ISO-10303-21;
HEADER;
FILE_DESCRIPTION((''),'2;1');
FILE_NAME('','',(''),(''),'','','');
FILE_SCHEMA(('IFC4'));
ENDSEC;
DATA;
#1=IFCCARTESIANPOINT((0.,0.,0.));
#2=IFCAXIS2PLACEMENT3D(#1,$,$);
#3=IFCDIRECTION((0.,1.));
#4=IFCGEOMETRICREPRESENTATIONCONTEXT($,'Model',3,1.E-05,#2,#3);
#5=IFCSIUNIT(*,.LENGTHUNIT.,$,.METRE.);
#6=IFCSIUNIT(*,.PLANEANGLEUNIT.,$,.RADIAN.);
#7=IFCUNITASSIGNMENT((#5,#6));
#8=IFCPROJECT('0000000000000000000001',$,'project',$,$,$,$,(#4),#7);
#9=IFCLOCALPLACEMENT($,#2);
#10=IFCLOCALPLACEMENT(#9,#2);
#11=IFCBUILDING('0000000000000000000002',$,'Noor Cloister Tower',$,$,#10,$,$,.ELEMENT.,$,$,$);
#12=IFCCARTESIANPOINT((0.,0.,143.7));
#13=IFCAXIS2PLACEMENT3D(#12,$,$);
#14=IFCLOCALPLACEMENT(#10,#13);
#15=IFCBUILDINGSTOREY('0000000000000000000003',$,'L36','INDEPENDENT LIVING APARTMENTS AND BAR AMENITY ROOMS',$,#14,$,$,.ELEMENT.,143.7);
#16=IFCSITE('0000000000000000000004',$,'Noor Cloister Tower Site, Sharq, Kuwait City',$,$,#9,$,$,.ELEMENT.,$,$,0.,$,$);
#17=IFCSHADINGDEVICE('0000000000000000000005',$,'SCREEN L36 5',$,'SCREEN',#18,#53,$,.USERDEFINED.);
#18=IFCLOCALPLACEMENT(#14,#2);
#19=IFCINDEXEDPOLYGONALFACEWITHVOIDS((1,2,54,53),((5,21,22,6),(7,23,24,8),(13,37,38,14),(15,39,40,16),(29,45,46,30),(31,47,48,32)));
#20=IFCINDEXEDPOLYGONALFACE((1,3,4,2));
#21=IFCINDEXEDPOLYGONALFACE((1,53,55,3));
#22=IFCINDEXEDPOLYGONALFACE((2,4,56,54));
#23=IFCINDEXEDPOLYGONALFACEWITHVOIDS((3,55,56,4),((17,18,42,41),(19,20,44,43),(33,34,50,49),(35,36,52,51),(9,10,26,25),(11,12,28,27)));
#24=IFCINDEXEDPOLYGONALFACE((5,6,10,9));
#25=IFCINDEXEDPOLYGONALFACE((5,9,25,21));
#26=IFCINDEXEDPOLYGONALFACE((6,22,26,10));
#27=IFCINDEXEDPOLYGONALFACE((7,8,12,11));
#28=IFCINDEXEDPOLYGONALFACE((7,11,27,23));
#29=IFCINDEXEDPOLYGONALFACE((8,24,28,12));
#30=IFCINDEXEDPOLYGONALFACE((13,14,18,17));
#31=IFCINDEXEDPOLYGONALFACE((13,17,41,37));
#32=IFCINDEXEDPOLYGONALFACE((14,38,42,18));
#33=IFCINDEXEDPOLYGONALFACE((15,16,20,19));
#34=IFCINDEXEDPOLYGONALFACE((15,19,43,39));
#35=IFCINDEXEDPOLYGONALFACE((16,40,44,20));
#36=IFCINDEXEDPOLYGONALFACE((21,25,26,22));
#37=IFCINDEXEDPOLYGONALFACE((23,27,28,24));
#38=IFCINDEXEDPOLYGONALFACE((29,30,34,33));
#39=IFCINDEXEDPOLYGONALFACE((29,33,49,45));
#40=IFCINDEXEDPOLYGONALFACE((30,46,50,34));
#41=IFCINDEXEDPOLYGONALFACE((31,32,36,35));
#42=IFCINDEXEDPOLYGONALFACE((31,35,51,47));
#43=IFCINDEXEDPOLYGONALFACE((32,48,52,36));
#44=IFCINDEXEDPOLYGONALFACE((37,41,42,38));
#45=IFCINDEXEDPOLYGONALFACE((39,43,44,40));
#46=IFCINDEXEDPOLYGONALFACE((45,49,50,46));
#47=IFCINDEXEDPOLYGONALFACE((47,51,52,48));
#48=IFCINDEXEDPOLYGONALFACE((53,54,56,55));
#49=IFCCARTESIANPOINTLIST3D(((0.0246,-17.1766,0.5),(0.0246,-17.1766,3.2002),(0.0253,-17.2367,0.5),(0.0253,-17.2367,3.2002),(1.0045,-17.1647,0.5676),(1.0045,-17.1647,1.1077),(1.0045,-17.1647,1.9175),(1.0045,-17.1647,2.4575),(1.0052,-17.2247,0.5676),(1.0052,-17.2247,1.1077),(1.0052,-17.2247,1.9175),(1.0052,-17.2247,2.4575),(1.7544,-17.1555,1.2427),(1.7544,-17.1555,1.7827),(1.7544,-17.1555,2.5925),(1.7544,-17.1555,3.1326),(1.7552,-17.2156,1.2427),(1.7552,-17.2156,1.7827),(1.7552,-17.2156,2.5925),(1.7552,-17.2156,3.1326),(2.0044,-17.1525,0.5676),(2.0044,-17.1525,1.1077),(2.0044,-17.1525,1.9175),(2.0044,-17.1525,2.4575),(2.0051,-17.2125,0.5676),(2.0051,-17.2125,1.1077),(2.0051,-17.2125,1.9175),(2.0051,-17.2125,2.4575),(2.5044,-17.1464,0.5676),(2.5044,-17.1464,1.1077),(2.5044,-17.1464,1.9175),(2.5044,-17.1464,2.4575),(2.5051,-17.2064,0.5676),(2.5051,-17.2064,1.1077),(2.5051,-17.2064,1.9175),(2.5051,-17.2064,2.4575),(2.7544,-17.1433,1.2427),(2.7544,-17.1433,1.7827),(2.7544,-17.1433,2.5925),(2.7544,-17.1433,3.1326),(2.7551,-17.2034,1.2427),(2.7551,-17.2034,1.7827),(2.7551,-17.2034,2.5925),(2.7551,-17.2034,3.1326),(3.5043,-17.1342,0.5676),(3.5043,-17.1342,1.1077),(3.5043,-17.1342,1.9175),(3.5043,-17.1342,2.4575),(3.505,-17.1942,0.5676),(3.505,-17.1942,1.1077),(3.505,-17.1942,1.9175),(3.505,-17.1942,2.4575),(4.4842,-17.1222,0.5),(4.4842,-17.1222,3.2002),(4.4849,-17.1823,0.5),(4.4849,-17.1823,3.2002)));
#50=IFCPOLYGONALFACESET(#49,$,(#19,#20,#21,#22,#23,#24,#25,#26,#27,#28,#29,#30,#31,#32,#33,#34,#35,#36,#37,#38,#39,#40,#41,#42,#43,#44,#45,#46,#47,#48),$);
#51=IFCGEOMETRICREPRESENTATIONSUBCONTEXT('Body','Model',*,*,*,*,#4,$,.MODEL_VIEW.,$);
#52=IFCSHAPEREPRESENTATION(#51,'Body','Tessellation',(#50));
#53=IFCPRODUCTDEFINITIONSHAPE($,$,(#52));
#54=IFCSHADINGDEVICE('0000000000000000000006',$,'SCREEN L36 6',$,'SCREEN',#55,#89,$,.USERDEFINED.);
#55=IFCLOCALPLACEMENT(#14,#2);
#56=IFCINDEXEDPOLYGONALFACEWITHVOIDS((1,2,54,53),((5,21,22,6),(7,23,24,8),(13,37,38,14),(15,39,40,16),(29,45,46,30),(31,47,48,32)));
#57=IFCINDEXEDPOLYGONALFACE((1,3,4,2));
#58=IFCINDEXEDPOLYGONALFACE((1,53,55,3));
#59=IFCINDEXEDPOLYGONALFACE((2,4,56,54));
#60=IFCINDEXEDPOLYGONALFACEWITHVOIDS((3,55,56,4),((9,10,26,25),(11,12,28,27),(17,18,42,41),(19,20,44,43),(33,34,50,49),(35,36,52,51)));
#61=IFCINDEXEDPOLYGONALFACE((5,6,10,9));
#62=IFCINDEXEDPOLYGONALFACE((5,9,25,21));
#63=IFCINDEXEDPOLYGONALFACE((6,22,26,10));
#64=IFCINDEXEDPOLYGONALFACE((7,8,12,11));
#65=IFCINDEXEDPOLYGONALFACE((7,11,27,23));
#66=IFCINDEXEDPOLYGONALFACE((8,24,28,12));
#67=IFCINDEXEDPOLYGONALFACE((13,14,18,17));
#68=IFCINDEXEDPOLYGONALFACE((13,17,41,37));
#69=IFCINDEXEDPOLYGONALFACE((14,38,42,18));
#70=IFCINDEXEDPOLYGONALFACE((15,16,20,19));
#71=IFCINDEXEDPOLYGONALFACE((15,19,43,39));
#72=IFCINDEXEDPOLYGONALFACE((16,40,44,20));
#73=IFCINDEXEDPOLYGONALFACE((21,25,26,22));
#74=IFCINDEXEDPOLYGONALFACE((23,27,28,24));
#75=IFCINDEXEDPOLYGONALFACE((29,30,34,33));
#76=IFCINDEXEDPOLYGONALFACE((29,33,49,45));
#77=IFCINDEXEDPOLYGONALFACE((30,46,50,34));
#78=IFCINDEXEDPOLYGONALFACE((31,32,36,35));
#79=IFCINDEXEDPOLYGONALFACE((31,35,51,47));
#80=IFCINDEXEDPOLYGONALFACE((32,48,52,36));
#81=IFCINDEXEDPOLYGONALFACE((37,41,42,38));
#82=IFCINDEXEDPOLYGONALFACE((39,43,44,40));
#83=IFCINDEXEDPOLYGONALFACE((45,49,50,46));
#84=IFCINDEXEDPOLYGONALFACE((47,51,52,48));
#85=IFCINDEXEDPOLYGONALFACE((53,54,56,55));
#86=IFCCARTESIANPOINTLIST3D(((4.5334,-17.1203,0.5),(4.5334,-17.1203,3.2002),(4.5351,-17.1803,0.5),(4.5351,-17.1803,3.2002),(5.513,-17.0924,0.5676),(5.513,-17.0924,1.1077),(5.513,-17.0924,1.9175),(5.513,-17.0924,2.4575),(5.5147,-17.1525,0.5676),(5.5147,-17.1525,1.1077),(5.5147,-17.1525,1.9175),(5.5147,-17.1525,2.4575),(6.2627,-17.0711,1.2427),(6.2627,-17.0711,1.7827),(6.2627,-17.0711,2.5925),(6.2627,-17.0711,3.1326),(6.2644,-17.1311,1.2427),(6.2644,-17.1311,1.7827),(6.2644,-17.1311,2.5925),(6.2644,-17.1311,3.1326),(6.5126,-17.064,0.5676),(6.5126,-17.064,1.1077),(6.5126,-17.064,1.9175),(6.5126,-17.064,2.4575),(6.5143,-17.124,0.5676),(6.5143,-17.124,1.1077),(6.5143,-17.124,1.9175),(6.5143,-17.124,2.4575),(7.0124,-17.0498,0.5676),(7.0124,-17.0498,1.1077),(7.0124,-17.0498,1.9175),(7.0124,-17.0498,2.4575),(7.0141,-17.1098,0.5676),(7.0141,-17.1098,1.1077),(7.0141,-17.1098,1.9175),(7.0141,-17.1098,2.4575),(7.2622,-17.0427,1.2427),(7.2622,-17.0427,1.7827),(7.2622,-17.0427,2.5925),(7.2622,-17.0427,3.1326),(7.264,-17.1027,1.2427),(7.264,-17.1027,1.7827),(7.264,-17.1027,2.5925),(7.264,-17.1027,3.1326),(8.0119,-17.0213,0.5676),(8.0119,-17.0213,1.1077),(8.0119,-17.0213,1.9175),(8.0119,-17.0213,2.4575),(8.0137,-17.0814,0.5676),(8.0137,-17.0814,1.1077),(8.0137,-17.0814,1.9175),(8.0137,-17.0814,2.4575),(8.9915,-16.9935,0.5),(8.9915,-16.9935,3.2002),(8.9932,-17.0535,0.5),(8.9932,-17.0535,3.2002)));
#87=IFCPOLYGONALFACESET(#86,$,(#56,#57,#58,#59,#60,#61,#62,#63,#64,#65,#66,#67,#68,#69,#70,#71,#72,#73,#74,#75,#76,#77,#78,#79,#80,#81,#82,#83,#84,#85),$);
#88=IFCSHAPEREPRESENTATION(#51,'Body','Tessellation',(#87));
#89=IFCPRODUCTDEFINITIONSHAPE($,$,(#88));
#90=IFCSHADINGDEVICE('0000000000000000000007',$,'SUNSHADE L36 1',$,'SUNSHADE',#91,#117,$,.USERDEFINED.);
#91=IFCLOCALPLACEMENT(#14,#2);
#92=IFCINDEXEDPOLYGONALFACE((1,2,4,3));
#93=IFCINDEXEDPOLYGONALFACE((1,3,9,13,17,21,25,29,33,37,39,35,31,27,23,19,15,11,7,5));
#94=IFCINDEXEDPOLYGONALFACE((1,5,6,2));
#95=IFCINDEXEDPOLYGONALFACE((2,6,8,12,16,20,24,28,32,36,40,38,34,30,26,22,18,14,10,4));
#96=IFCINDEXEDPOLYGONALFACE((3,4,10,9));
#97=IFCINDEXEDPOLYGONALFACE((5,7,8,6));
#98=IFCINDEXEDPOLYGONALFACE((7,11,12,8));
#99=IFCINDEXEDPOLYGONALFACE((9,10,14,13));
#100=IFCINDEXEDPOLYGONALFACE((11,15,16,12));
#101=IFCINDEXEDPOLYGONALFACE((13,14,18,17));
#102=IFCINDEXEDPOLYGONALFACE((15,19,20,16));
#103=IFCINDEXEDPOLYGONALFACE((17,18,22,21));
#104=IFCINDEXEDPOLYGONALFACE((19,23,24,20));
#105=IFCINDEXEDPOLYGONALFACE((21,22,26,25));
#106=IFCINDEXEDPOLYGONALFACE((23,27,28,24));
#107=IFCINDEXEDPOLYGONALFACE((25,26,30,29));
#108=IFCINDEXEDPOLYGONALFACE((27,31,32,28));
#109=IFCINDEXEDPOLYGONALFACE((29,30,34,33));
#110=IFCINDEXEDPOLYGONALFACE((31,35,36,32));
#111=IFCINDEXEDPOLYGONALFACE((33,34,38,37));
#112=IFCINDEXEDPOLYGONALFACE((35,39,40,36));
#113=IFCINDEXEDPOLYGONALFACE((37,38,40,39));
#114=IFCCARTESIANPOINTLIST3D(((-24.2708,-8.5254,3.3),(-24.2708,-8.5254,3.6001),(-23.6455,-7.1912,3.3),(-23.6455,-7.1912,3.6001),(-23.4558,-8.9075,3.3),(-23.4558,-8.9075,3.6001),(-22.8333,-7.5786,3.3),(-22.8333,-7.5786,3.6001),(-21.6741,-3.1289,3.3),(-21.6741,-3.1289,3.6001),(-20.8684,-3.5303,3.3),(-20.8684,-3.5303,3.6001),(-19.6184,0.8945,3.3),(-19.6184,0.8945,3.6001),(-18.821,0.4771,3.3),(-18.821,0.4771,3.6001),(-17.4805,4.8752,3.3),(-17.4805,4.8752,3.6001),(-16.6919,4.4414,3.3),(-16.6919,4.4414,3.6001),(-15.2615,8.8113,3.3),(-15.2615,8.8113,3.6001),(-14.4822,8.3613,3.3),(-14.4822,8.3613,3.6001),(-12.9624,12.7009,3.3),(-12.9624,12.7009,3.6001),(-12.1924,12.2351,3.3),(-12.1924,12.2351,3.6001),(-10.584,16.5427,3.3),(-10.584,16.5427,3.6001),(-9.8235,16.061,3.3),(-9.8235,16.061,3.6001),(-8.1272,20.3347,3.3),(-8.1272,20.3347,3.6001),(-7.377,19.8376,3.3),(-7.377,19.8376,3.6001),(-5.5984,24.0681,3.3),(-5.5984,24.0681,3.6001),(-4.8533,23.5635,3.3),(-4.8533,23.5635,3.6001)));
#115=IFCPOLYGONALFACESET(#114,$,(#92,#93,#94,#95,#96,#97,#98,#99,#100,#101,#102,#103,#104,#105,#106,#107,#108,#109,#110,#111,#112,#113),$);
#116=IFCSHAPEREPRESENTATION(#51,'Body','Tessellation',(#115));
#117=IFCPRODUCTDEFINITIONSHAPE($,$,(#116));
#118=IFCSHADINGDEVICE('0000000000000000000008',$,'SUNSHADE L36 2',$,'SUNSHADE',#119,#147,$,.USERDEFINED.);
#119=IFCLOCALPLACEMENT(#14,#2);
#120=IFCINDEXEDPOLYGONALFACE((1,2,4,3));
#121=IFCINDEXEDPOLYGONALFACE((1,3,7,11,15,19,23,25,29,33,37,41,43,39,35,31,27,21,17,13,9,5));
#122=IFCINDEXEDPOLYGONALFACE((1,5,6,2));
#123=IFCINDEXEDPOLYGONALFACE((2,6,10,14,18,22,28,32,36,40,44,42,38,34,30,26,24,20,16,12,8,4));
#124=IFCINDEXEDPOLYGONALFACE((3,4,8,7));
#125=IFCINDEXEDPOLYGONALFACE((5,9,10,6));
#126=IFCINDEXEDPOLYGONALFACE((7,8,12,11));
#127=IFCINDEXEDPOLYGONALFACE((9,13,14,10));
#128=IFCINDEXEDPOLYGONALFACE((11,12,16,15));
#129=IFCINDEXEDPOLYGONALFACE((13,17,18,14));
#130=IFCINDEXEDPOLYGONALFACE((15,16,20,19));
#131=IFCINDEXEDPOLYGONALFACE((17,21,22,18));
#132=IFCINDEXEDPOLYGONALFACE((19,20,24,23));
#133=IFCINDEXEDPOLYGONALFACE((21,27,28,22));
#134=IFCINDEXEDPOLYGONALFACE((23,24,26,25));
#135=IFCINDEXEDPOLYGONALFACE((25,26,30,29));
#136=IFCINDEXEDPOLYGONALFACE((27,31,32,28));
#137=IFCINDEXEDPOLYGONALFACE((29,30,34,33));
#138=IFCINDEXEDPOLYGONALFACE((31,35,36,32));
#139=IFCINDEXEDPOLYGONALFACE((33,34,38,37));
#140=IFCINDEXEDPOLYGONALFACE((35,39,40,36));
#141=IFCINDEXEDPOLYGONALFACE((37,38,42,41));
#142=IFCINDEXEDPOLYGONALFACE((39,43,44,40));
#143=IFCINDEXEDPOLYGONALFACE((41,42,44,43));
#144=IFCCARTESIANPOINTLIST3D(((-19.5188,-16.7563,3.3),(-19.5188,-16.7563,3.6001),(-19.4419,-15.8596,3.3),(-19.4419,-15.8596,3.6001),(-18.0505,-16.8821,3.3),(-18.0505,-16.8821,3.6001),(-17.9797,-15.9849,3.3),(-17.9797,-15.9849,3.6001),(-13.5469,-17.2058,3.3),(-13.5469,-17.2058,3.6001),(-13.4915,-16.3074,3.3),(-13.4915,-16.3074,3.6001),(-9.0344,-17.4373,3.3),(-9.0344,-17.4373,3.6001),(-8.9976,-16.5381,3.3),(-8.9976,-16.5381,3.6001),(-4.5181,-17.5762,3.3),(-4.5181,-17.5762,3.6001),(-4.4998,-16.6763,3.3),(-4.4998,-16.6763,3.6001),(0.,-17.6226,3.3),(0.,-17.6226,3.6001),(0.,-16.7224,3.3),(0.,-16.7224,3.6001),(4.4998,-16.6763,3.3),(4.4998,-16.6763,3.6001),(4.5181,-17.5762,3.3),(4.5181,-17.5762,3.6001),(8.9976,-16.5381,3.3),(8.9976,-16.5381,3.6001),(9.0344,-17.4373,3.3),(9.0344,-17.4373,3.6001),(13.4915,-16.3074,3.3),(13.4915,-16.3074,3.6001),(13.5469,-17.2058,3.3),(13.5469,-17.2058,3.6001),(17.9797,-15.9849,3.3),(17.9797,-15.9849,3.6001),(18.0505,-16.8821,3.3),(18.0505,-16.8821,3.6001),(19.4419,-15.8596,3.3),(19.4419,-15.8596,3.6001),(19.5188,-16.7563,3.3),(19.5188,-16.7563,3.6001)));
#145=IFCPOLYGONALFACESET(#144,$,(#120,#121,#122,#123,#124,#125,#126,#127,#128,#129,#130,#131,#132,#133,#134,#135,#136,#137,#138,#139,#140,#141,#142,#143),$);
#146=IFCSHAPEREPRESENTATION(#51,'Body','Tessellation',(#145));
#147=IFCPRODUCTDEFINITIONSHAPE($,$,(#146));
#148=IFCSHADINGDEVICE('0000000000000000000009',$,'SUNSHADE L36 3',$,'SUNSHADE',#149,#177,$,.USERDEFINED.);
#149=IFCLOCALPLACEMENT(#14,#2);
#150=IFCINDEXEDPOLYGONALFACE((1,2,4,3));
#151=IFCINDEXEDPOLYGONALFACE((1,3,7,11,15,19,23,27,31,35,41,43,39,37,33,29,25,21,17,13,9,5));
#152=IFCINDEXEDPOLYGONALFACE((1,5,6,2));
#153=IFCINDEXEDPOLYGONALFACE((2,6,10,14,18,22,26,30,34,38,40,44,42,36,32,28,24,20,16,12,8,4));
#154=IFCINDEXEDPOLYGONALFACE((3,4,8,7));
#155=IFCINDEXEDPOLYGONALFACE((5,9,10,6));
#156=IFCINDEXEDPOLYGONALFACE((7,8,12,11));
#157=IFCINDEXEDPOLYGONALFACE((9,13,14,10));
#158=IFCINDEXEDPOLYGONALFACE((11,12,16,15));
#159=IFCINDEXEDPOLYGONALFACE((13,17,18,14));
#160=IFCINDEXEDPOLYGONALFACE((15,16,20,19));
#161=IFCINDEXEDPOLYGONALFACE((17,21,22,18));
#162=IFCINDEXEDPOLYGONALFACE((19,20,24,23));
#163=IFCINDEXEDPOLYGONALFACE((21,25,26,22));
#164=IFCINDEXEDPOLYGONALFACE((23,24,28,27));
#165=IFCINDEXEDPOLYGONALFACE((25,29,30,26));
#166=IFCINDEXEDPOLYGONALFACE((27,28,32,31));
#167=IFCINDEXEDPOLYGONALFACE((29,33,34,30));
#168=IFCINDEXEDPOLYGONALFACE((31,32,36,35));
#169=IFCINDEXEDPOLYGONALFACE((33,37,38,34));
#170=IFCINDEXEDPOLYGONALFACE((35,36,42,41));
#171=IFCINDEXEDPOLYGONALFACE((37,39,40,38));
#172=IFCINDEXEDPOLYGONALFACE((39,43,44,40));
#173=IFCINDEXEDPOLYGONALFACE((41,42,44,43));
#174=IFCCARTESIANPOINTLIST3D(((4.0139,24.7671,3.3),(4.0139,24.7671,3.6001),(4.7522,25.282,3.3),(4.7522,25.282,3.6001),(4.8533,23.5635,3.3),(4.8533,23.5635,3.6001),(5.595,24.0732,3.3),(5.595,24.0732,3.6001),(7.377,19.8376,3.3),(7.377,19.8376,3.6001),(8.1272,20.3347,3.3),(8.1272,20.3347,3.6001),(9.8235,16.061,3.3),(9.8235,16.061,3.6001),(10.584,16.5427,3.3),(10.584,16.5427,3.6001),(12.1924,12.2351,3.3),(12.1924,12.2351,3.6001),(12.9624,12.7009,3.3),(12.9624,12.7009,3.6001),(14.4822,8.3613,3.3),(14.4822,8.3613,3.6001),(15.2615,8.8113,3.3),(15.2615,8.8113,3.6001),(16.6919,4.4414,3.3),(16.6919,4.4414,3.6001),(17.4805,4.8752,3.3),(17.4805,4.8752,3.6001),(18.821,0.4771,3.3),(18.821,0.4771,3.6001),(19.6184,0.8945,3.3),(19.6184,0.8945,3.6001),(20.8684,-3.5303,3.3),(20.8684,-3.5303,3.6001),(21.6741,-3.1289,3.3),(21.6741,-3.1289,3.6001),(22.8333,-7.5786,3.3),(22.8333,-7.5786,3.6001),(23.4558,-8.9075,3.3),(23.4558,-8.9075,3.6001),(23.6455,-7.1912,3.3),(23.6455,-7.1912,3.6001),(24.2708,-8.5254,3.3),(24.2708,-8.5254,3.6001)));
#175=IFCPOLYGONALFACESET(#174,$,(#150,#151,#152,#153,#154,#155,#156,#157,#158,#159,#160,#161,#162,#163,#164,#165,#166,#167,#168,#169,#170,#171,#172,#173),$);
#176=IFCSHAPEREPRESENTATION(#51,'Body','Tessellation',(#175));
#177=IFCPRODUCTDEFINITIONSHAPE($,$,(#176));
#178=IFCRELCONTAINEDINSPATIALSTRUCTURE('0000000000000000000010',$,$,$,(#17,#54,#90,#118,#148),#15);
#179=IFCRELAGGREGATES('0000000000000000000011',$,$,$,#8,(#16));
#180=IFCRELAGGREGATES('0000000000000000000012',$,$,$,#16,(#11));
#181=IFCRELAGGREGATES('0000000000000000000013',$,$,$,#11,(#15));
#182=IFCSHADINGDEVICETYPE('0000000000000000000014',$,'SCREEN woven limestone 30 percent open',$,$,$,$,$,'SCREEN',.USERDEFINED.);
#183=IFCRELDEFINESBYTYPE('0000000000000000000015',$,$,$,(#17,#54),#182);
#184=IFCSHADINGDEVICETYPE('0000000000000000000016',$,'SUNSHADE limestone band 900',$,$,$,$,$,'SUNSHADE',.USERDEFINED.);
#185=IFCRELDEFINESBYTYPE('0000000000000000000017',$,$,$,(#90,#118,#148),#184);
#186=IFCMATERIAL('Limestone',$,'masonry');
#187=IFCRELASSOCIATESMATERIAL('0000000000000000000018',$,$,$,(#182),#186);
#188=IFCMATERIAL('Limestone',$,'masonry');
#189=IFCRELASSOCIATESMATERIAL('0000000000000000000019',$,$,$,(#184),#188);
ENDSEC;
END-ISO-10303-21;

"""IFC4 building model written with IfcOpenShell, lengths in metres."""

from ifc_helpers import new_model, si_unit, direction, frame, origin, place, context, subcontext, project, spatial, polyline, outline, extrude, material, material_profile, profile_set, type_object, element, save


model = new_model("IFC4")

# Units and contexts
model_context = context("Model", 3, precision=1e-05, world=origin(), true_north=direction((0.0, 1.0)))
body_context = subcontext(model_context, "Body", "Model", "MODEL_VIEW")
ifc_project = project(units=[si_unit("LENGTHUNIT", "METRE"), si_unit("PLANEANGLEUNIT", "RADIAN")], contexts=[model_context])

# Site, building, storey
site_placement = place(None, origin())
site = spatial("IfcSite", under=ifc_project, at=site_placement, Name="Noor Cloister Tower Site, Sharq, Kuwait City", CompositionType="ELEMENT", RefElevation=0.0)
building_placement = place(site_placement, origin())
building = spatial("IfcBuilding", under=site, at=building_placement, Name="Noor Cloister Tower", CompositionType="ELEMENT")
storey_placement = place(building_placement, frame((0.0, 0.0, 143.7)))
storey = spatial("IfcBuildingStorey", under=building, at=storey_placement, Name="L36", Description="INDEPENDENT LIVING APARTMENTS AND BAR AMENITY ROOMS", CompositionType="ELEMENT", Elevation=143.7)

# Shading devices
ifc_material_1 = material(Name="Limestone", Category="masonry")
ifc_material_profile_1 = material_profile(ifc_material_1, outline(polyline([(-2.23, -1.3501), (2.23, -1.3501), (2.23, 1.3501), (-2.23, 1.3501), (-2.23, -1.3501)]), holes=[polyline([(-1.25, -1.2825), (-0.25, -1.2825), (-0.25, -0.7424), (-1.25, -0.7424), (-1.25, -1.2825)]), polyline([(0.25, -1.2825), (1.25, -1.2825), (1.25, -0.7424), (0.25, -0.7424), (0.25, -1.2825)]), polyline([(-0.5, -0.6074), (0.5, -0.6074), (0.5, -0.0674), (-0.5, -0.0674), (-0.5, -0.6074)]), polyline([(-1.25, 0.0674), (-0.25, 0.0674), (-0.25, 0.6074), (-1.25, 0.6074), (-1.25, 0.0674)]), polyline([(0.25, 0.0674), (1.25, 0.0674), (1.25, 0.6074), (0.25, 0.6074), (0.25, 0.0674)]), polyline([(-0.5, 0.7424), (0.5, 0.7424), (0.5, 1.2825), (-0.5, 1.2825), (-0.5, 0.7424)])]), Name="Woven screen 30 percent open")
ifc_profile_set_1 = profile_set([ifc_material_profile_1], Name="Limestone")
shading_device_type_1 = type_object("IfcShadingDeviceType", Name="SCREEN woven limestone 30 percent open", ElementType="SCREEN", PredefinedType="USERDEFINED", material=ifc_profile_set_1)
for number, where, z_axis, x_axis, name in (
    (1, (2.2544, -17.1494, 1.8501), (0.012194, -0.999926, 0.0), (0.999926, 0.012194, 0.0), "SCREEN L36 5"),
    (2, (6.7625, -17.0569, 1.8501), (0.028444, -0.999595, 0.0), (0.999595, 0.028444, 0.0), "SCREEN L36 6"),
):
    element("IfcShadingDevice", number, at=place(storey_placement, frame(where, z_axis=z_axis, x_axis=x_axis)), inside=storey, type_object=shading_device_type_1, Name=name, ObjectType="SCREEN", PredefinedType="USERDEFINED", context=body_context, shape_type="SweptSolid", body=[
        extrude(outline(polyline([(-2.23, -1.3501), (2.23, -1.3501), (2.23, 1.3501), (-2.23, 1.3501), (-2.23, -1.3501)]), holes=[polyline([(-1.25, -1.2825), (-0.25, -1.2825), (-0.25, -0.7424), (-1.25, -0.7424), (-1.25, -1.2825)]), polyline([(0.25, -1.2825), (1.25, -1.2825), (1.25, -0.7424), (0.25, -0.7424), (0.25, -1.2825)]), polyline([(-0.5, -0.6074), (0.5, -0.6074), (0.5, -0.0674), (-0.5, -0.0674), (-0.5, -0.6074)]), polyline([(-1.25, 0.0674), (-0.25, 0.0674), (-0.25, 0.6074), (-1.25, 0.6074), (-1.25, 0.0674)]), polyline([(0.25, 0.0674), (1.25, 0.0674), (1.25, 0.6074), (0.25, 0.6074), (0.25, 0.0674)]), polyline([(-0.5, 0.7424), (0.5, 0.7424), (0.5, 1.2825), (-0.5, 1.2825), (-0.5, 0.7424)])]), origin(), (0.0, 0.0, 1.0), 0.0601),
    ])
ifc_material_2 = material(Name="Limestone", Category="masonry")
shading_device_type_2 = type_object("IfcShadingDeviceType", Name="SUNSHADE limestone band 900", ElementType="SUNSHADE", PredefinedType="USERDEFINED", material=ifc_material_2)
shading_device_1_placement = place(storey_placement, frame((0.0, 0.0, 3.3)))
element("IfcShadingDevice", 3, at=shading_device_1_placement, inside=storey, type_object=shading_device_type_2, Name="SUNSHADE L36 1", ObjectType="SUNSHADE", PredefinedType="USERDEFINED", context=body_context, shape_type="SweptSolid", body=[
    extrude(outline(polyline([(-5.5984, 24.0681), (-8.1272, 20.3347), (-10.584, 16.5427), (-12.9624, 12.7009), (-15.2615, 8.8113), (-17.4805, 4.8752), (-19.6184, 0.8945), (-21.6741, -3.1289), (-23.6455, -7.1912), (-24.2708, -8.5254), (-23.4558, -8.9075), (-22.8333, -7.5786), (-20.8684, -3.5303), (-18.821, 0.4771), (-16.6919, 4.4414), (-14.4822, 8.3613), (-12.1924, 12.2351), (-9.8235, 16.061), (-7.377, 19.8376), (-4.8533, 23.5635), (-5.5984, 24.0681)])), origin(), (0.0, 0.0, 1.0), 0.3),
])
shading_device_2_placement = place(storey_placement, frame((0.0, 0.0, 3.3)))
element("IfcShadingDevice", 4, at=shading_device_2_placement, inside=storey, type_object=shading_device_type_2, Name="SUNSHADE L36 2", ObjectType="SUNSHADE", PredefinedType="USERDEFINED", context=body_context, shape_type="SweptSolid", body=[
    extrude(outline(polyline([(-19.5188, -16.7563), (-18.0505, -16.8821), (-13.5469, -17.2058), (-9.0344, -17.4373), (-4.5181, -17.5762), (0.0, -17.6226), (4.5181, -17.5762), (9.0344, -17.4373), (13.5469, -17.2058), (18.0505, -16.8821), (19.5188, -16.7563), (19.4419, -15.8596), (17.9797, -15.9849), (13.4915, -16.3074), (8.9976, -16.5381), (4.4998, -16.6763), (0.0, -16.7224), (-4.4998, -16.6763), (-8.9976, -16.5381), (-13.4915, -16.3074), (-17.9797, -15.9849), (-19.4419, -15.8596), (-19.5188, -16.7563)])), origin(), (0.0, 0.0, 1.0), 0.3),
])
shading_device_3_placement = place(storey_placement, frame((0.0, 0.0, 3.3)))
element("IfcShadingDevice", 5, at=shading_device_3_placement, inside=storey, type_object=shading_device_type_2, Name="SUNSHADE L36 3", ObjectType="SUNSHADE", PredefinedType="USERDEFINED", context=body_context, shape_type="SweptSolid", body=[
    extrude(outline(polyline([(24.2708, -8.5254), (23.6455, -7.1912), (21.6741, -3.1289), (19.6184, 0.8945), (17.4805, 4.8752), (15.2615, 8.8113), (12.9624, 12.7009), (10.584, 16.5427), (8.1272, 20.3347), (5.595, 24.0732), (4.7522, 25.282), (4.0139, 24.7671), (4.8533, 23.5635), (7.377, 19.8376), (9.8235, 16.061), (12.1924, 12.2351), (14.4822, 8.3613), (16.6919, 4.4414), (18.821, 0.4771), (20.8684, -3.5303), (22.8333, -7.5786), (23.4558, -8.9075), (24.2708, -8.5254)])), origin(), (0.0, 0.0, 1.0), 0.3),
])

save(model, "model.ifc")
